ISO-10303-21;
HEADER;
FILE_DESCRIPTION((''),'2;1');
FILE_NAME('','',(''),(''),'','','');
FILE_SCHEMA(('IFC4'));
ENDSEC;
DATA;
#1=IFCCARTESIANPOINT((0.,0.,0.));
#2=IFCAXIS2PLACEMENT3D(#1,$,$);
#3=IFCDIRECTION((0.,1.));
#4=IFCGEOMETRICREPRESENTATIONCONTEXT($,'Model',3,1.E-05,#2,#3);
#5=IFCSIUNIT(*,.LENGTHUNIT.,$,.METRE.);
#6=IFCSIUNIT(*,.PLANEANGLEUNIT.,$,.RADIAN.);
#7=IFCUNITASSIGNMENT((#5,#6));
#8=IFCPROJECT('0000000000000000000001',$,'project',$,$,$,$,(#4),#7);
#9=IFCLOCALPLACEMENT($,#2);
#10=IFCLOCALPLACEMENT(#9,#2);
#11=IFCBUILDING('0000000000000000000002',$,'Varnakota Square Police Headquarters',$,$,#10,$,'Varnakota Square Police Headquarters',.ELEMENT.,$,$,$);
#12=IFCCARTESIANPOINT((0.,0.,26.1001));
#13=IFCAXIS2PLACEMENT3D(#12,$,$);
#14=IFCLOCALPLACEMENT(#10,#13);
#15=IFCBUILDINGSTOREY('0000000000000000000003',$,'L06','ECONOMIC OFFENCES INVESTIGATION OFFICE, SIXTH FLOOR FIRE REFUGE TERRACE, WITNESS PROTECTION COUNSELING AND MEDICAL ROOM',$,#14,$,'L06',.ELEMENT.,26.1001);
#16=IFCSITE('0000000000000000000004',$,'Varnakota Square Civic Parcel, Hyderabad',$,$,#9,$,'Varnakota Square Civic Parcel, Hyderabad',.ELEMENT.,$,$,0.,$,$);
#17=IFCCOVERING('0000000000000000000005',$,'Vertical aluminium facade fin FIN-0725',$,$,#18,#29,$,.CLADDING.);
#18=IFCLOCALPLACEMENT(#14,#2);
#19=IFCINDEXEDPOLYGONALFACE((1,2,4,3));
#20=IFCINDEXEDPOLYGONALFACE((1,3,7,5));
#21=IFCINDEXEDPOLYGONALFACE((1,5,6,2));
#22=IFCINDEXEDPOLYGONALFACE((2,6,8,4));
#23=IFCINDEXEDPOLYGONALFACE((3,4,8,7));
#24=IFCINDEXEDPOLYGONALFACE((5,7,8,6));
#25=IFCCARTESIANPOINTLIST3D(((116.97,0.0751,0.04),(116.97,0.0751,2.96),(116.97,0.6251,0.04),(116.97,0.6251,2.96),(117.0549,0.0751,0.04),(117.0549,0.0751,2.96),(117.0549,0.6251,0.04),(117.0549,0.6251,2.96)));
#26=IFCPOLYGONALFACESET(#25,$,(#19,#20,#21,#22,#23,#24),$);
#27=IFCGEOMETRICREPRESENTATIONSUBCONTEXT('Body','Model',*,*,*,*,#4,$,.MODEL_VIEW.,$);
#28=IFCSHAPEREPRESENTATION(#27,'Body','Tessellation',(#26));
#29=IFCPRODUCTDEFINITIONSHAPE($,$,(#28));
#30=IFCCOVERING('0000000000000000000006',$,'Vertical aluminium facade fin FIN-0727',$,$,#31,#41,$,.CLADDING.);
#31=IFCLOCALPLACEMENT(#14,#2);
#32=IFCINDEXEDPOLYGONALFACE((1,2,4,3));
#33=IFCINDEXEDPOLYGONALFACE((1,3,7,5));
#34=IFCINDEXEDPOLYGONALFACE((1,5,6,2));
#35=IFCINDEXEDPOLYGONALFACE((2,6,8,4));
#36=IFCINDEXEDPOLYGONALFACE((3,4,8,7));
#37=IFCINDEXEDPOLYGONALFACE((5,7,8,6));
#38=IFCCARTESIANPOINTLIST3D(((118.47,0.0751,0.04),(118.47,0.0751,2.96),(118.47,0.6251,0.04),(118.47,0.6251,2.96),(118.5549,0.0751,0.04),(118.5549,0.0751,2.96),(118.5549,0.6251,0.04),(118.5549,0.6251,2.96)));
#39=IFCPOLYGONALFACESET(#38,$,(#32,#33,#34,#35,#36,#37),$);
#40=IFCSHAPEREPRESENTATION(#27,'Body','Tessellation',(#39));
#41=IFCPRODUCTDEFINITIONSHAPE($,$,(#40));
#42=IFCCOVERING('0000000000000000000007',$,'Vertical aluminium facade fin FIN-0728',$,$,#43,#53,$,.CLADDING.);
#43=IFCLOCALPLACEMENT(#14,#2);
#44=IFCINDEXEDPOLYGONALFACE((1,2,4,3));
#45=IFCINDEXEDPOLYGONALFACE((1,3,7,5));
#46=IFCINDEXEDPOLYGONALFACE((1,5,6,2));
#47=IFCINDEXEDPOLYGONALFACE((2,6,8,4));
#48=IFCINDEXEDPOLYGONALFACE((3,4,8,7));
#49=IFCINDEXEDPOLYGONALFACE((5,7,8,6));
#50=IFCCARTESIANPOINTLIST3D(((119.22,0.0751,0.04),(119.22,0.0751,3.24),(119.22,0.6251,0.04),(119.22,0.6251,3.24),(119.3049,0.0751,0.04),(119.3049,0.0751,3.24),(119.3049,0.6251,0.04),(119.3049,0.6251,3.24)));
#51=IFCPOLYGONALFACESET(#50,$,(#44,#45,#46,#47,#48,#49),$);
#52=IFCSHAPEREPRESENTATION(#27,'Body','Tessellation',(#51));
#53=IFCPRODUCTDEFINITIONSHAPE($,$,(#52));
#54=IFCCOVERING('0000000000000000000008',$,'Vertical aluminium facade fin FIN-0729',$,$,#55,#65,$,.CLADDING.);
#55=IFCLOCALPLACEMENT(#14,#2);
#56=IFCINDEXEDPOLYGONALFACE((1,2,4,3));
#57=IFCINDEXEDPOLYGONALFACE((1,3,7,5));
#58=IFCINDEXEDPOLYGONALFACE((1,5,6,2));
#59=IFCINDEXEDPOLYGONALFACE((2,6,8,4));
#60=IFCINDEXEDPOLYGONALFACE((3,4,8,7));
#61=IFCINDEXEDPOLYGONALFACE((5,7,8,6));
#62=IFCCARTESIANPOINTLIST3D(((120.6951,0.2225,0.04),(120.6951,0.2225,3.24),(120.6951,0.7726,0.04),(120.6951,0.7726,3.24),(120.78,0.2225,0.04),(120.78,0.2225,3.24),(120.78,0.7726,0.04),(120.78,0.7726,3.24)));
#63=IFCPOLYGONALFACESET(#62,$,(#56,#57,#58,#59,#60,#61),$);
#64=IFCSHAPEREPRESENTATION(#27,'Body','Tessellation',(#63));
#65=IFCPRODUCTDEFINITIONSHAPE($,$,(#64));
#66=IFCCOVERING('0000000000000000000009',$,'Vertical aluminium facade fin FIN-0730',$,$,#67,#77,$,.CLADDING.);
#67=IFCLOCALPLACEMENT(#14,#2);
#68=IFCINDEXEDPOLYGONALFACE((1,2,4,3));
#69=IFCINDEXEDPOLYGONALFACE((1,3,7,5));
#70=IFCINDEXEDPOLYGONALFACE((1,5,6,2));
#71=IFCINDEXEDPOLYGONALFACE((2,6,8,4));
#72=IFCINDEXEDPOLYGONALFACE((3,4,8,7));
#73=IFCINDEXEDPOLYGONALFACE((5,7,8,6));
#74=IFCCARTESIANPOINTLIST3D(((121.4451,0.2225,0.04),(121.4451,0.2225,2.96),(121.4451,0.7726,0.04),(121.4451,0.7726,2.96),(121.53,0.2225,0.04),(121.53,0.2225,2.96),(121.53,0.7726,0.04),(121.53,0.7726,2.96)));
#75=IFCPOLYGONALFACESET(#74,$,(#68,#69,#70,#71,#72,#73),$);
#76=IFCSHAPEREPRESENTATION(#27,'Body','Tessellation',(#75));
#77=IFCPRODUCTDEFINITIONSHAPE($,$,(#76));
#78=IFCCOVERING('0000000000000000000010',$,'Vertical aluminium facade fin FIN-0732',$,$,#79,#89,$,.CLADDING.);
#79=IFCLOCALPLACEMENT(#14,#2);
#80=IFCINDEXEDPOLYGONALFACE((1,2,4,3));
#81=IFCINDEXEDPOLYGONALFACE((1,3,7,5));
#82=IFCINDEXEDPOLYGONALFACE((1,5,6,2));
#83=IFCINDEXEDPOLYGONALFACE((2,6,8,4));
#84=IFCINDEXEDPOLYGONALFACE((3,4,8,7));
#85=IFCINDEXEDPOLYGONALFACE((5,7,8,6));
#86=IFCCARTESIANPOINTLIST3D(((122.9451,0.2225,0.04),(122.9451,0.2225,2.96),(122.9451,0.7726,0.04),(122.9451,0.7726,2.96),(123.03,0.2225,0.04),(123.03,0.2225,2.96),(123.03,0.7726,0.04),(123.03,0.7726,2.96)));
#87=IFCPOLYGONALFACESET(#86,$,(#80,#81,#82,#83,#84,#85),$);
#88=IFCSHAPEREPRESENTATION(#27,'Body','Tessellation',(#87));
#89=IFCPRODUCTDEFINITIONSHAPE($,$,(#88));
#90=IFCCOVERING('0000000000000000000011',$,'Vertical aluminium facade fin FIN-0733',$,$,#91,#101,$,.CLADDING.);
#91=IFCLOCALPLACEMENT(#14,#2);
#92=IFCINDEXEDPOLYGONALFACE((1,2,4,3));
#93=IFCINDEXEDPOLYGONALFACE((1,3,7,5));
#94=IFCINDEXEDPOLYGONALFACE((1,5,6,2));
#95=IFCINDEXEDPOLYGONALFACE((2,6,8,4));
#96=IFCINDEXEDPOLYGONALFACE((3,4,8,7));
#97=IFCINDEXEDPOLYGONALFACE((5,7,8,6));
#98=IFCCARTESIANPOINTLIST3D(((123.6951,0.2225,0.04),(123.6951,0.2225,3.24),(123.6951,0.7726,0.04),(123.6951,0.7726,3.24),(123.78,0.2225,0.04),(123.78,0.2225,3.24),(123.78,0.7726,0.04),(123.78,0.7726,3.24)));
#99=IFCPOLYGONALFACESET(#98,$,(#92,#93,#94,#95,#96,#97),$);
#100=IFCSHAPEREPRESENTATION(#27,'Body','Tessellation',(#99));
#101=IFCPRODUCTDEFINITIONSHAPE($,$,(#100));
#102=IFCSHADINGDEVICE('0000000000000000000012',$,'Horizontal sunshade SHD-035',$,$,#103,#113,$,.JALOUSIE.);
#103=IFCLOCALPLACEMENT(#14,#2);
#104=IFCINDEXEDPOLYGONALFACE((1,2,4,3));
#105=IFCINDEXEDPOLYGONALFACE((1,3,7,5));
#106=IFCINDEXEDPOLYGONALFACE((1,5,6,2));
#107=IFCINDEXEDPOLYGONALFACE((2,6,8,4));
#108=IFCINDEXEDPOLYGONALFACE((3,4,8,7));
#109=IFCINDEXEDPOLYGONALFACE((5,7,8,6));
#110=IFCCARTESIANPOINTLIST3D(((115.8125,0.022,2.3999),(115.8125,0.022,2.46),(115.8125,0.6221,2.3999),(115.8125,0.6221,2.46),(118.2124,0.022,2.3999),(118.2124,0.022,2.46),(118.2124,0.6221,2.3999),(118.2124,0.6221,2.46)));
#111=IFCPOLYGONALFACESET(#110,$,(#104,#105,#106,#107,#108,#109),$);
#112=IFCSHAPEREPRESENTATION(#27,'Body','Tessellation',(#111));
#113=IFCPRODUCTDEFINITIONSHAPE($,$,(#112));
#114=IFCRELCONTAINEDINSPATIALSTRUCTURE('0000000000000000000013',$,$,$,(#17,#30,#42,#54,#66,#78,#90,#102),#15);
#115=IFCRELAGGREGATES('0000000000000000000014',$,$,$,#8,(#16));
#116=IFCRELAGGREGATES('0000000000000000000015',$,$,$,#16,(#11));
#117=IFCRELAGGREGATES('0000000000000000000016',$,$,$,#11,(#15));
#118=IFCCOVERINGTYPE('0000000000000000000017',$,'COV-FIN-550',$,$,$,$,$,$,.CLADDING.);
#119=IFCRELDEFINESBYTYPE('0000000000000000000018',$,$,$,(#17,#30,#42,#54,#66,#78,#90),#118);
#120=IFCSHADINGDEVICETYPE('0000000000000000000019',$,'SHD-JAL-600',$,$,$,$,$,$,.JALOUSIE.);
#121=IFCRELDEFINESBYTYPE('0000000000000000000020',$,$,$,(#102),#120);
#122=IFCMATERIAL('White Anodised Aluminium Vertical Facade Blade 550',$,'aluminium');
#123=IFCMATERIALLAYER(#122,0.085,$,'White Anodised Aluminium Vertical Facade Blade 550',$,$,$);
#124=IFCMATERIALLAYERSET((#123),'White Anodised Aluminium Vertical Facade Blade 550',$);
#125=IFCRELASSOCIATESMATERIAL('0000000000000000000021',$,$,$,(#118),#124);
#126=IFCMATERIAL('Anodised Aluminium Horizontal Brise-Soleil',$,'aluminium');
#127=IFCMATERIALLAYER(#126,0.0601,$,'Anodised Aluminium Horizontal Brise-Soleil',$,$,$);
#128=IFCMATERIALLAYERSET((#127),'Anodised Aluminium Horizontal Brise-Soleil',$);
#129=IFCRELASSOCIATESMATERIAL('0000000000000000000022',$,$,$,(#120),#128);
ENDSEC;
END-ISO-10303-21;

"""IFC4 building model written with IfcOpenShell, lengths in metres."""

from ifc_helpers import new_model, si_unit, direction, frame, origin, origin_2d, place, context, subcontext, project, spatial, rectangle, extrude, material, layer, layer_set, type_object, element, save


model = new_model("IFC4")

# Units and contexts
model_context = context("Model", 3, precision=1e-05, world=origin(), true_north=direction((0.0, 1.0)))
body_context = subcontext(model_context, "Body", "Model", "MODEL_VIEW")
ifc_project = project(units=[si_unit("LENGTHUNIT", "METRE"), si_unit("PLANEANGLEUNIT", "RADIAN")], contexts=[model_context])

# Site, building, storey
site_placement = place(None, origin())
site = spatial("IfcSite", under=ifc_project, at=site_placement, Name="Varnakota Square Civic Parcel, Hyderabad", LongName="Varnakota Square Civic Parcel, Hyderabad", CompositionType="ELEMENT", RefElevation=0.0)
building_placement = place(site_placement, origin())
building = spatial("IfcBuilding", under=site, at=building_placement, Name="Varnakota Square Police Headquarters", LongName="Varnakota Square Police Headquarters", CompositionType="ELEMENT")
storey_placement = place(building_placement, frame((0.0, 0.0, 26.1001)))
storey = spatial("IfcBuildingStorey", under=building, at=storey_placement, Name="L06", Description="ECONOMIC OFFENCES INVESTIGATION OFFICE, SIXTH FLOOR FIRE REFUGE TERRACE, WITNESS PROTECTION COUNSELING AND MEDICAL ROOM", LongName="L06", CompositionType="ELEMENT", Elevation=26.1001)

# Coverings
ifc_material_1 = material(Name="White Anodised Aluminium Vertical Facade Blade 550", Category="aluminium")
ifc_layer_1 = layer(ifc_material_1, 0.085, Name="White Anodised Aluminium Vertical Facade Blade 550")
ifc_layer_set_1 = layer_set([ifc_layer_1], Name="White Anodised Aluminium Vertical Facade Blade 550")
covering_type_1 = type_object("IfcCoveringType", Name="COV-FIN-550", PredefinedType="CLADDING", material=ifc_layer_set_1)
for number, where, z_axis, x_axis, name in (
    (1, (117.0125, 0.3501, 0.04), (0.0, 0.0, 1.0), (1.0, 0.0, 0.0), "Vertical aluminium facade fin FIN-0725"),
    (2, (118.5125, 0.3501, 0.04), (0.0, 0.0, 1.0), (1.0, 0.0, 0.0), "Vertical aluminium facade fin FIN-0727"),
):
    element("IfcCovering", number, at=place(storey_placement, frame(where, z_axis=z_axis, x_axis=x_axis)), inside=storey, type_object=covering_type_1, Name=name, PredefinedType="CLADDING", context=body_context, shape_type="SweptSolid", body=[
        extrude(rectangle(XDim=0.085, YDim=0.55, at=origin_2d()), origin(), (0.0, 0.0, 1.0), 2.9199),
    ])
for number, where, z_axis, x_axis, name in (
    (3, (119.2625, 0.3501, 0.04), (0.0, 0.0, 1.0), (1.0, 0.0, 0.0), "Vertical aluminium facade fin FIN-0728"),
    (4, (120.7375, 0.4976, 0.04), (0.0, 0.0, 1.0), (1.0, 0.0, 0.0), "Vertical aluminium facade fin FIN-0729"),
):
    element("IfcCovering", number, at=place(storey_placement, frame(where, z_axis=z_axis, x_axis=x_axis)), inside=storey, type_object=covering_type_1, Name=name, PredefinedType="CLADDING", context=body_context, shape_type="SweptSolid", body=[
        extrude(rectangle(XDim=0.085, YDim=0.55, at=origin_2d()), origin(), (0.0, 0.0, 1.0), 3.2),
    ])
for number, where, z_axis, x_axis, name in (
    (5, (121.4875, 0.4976, 0.04), (0.0, 0.0, 1.0), (1.0, 0.0, 0.0), "Vertical aluminium facade fin FIN-0730"),
    (6, (122.9875, 0.4976, 0.04), (0.0, 0.0, 1.0), (1.0, 0.0, 0.0), "Vertical aluminium facade fin FIN-0732"),
):
    element("IfcCovering", number, at=place(storey_placement, frame(where, z_axis=z_axis, x_axis=x_axis)), inside=storey, type_object=covering_type_1, Name=name, PredefinedType="CLADDING", context=body_context, shape_type="SweptSolid", body=[
        extrude(rectangle(XDim=0.085, YDim=0.55, at=origin_2d()), origin(), (0.0, 0.0, 1.0), 2.9199),
    ])
covering_1_placement = place(storey_placement, frame((123.7375, 0.4976, 0.04), z_axis=(0.0, 0.0, 1.0), x_axis=(1.0, 0.0, 0.0)))
element("IfcCovering", 7, at=covering_1_placement, inside=storey, type_object=covering_type_1, Name="Vertical aluminium facade fin FIN-0733", PredefinedType="CLADDING", context=body_context, shape_type="SweptSolid", body=[
    extrude(rectangle(XDim=0.085, YDim=0.55, at=origin_2d()), origin(), (0.0, 0.0, 1.0), 3.2),
])

# Shading device
ifc_material_2 = material(Name="Anodised Aluminium Horizontal Brise-Soleil", Category="aluminium")
ifc_layer_2 = layer(ifc_material_2, 0.0601, Name="Anodised Aluminium Horizontal Brise-Soleil")
ifc_layer_set_2 = layer_set([ifc_layer_2], Name="Anodised Aluminium Horizontal Brise-Soleil")
shading_device_type = type_object("IfcShadingDeviceType", Name="SHD-JAL-600", PredefinedType="JALOUSIE", material=ifc_layer_set_2)
shading_device_placement = place(storey_placement, frame((117.0125, 0.322, 2.3999), z_axis=(0.0, 0.0, 1.0), x_axis=(1.0, 0.0, 0.0)))
element("IfcShadingDevice", 8, at=shading_device_placement, inside=storey, type_object=shading_device_type, Name="Horizontal sunshade SHD-035", PredefinedType="JALOUSIE", context=body_context, shape_type="SweptSolid", body=[
    extrude(rectangle(XDim=2.3999, YDim=0.6001, at=origin_2d()), origin(), (0.0, 0.0, 1.0), 0.0601),
])

save(model, "model.ifc")
